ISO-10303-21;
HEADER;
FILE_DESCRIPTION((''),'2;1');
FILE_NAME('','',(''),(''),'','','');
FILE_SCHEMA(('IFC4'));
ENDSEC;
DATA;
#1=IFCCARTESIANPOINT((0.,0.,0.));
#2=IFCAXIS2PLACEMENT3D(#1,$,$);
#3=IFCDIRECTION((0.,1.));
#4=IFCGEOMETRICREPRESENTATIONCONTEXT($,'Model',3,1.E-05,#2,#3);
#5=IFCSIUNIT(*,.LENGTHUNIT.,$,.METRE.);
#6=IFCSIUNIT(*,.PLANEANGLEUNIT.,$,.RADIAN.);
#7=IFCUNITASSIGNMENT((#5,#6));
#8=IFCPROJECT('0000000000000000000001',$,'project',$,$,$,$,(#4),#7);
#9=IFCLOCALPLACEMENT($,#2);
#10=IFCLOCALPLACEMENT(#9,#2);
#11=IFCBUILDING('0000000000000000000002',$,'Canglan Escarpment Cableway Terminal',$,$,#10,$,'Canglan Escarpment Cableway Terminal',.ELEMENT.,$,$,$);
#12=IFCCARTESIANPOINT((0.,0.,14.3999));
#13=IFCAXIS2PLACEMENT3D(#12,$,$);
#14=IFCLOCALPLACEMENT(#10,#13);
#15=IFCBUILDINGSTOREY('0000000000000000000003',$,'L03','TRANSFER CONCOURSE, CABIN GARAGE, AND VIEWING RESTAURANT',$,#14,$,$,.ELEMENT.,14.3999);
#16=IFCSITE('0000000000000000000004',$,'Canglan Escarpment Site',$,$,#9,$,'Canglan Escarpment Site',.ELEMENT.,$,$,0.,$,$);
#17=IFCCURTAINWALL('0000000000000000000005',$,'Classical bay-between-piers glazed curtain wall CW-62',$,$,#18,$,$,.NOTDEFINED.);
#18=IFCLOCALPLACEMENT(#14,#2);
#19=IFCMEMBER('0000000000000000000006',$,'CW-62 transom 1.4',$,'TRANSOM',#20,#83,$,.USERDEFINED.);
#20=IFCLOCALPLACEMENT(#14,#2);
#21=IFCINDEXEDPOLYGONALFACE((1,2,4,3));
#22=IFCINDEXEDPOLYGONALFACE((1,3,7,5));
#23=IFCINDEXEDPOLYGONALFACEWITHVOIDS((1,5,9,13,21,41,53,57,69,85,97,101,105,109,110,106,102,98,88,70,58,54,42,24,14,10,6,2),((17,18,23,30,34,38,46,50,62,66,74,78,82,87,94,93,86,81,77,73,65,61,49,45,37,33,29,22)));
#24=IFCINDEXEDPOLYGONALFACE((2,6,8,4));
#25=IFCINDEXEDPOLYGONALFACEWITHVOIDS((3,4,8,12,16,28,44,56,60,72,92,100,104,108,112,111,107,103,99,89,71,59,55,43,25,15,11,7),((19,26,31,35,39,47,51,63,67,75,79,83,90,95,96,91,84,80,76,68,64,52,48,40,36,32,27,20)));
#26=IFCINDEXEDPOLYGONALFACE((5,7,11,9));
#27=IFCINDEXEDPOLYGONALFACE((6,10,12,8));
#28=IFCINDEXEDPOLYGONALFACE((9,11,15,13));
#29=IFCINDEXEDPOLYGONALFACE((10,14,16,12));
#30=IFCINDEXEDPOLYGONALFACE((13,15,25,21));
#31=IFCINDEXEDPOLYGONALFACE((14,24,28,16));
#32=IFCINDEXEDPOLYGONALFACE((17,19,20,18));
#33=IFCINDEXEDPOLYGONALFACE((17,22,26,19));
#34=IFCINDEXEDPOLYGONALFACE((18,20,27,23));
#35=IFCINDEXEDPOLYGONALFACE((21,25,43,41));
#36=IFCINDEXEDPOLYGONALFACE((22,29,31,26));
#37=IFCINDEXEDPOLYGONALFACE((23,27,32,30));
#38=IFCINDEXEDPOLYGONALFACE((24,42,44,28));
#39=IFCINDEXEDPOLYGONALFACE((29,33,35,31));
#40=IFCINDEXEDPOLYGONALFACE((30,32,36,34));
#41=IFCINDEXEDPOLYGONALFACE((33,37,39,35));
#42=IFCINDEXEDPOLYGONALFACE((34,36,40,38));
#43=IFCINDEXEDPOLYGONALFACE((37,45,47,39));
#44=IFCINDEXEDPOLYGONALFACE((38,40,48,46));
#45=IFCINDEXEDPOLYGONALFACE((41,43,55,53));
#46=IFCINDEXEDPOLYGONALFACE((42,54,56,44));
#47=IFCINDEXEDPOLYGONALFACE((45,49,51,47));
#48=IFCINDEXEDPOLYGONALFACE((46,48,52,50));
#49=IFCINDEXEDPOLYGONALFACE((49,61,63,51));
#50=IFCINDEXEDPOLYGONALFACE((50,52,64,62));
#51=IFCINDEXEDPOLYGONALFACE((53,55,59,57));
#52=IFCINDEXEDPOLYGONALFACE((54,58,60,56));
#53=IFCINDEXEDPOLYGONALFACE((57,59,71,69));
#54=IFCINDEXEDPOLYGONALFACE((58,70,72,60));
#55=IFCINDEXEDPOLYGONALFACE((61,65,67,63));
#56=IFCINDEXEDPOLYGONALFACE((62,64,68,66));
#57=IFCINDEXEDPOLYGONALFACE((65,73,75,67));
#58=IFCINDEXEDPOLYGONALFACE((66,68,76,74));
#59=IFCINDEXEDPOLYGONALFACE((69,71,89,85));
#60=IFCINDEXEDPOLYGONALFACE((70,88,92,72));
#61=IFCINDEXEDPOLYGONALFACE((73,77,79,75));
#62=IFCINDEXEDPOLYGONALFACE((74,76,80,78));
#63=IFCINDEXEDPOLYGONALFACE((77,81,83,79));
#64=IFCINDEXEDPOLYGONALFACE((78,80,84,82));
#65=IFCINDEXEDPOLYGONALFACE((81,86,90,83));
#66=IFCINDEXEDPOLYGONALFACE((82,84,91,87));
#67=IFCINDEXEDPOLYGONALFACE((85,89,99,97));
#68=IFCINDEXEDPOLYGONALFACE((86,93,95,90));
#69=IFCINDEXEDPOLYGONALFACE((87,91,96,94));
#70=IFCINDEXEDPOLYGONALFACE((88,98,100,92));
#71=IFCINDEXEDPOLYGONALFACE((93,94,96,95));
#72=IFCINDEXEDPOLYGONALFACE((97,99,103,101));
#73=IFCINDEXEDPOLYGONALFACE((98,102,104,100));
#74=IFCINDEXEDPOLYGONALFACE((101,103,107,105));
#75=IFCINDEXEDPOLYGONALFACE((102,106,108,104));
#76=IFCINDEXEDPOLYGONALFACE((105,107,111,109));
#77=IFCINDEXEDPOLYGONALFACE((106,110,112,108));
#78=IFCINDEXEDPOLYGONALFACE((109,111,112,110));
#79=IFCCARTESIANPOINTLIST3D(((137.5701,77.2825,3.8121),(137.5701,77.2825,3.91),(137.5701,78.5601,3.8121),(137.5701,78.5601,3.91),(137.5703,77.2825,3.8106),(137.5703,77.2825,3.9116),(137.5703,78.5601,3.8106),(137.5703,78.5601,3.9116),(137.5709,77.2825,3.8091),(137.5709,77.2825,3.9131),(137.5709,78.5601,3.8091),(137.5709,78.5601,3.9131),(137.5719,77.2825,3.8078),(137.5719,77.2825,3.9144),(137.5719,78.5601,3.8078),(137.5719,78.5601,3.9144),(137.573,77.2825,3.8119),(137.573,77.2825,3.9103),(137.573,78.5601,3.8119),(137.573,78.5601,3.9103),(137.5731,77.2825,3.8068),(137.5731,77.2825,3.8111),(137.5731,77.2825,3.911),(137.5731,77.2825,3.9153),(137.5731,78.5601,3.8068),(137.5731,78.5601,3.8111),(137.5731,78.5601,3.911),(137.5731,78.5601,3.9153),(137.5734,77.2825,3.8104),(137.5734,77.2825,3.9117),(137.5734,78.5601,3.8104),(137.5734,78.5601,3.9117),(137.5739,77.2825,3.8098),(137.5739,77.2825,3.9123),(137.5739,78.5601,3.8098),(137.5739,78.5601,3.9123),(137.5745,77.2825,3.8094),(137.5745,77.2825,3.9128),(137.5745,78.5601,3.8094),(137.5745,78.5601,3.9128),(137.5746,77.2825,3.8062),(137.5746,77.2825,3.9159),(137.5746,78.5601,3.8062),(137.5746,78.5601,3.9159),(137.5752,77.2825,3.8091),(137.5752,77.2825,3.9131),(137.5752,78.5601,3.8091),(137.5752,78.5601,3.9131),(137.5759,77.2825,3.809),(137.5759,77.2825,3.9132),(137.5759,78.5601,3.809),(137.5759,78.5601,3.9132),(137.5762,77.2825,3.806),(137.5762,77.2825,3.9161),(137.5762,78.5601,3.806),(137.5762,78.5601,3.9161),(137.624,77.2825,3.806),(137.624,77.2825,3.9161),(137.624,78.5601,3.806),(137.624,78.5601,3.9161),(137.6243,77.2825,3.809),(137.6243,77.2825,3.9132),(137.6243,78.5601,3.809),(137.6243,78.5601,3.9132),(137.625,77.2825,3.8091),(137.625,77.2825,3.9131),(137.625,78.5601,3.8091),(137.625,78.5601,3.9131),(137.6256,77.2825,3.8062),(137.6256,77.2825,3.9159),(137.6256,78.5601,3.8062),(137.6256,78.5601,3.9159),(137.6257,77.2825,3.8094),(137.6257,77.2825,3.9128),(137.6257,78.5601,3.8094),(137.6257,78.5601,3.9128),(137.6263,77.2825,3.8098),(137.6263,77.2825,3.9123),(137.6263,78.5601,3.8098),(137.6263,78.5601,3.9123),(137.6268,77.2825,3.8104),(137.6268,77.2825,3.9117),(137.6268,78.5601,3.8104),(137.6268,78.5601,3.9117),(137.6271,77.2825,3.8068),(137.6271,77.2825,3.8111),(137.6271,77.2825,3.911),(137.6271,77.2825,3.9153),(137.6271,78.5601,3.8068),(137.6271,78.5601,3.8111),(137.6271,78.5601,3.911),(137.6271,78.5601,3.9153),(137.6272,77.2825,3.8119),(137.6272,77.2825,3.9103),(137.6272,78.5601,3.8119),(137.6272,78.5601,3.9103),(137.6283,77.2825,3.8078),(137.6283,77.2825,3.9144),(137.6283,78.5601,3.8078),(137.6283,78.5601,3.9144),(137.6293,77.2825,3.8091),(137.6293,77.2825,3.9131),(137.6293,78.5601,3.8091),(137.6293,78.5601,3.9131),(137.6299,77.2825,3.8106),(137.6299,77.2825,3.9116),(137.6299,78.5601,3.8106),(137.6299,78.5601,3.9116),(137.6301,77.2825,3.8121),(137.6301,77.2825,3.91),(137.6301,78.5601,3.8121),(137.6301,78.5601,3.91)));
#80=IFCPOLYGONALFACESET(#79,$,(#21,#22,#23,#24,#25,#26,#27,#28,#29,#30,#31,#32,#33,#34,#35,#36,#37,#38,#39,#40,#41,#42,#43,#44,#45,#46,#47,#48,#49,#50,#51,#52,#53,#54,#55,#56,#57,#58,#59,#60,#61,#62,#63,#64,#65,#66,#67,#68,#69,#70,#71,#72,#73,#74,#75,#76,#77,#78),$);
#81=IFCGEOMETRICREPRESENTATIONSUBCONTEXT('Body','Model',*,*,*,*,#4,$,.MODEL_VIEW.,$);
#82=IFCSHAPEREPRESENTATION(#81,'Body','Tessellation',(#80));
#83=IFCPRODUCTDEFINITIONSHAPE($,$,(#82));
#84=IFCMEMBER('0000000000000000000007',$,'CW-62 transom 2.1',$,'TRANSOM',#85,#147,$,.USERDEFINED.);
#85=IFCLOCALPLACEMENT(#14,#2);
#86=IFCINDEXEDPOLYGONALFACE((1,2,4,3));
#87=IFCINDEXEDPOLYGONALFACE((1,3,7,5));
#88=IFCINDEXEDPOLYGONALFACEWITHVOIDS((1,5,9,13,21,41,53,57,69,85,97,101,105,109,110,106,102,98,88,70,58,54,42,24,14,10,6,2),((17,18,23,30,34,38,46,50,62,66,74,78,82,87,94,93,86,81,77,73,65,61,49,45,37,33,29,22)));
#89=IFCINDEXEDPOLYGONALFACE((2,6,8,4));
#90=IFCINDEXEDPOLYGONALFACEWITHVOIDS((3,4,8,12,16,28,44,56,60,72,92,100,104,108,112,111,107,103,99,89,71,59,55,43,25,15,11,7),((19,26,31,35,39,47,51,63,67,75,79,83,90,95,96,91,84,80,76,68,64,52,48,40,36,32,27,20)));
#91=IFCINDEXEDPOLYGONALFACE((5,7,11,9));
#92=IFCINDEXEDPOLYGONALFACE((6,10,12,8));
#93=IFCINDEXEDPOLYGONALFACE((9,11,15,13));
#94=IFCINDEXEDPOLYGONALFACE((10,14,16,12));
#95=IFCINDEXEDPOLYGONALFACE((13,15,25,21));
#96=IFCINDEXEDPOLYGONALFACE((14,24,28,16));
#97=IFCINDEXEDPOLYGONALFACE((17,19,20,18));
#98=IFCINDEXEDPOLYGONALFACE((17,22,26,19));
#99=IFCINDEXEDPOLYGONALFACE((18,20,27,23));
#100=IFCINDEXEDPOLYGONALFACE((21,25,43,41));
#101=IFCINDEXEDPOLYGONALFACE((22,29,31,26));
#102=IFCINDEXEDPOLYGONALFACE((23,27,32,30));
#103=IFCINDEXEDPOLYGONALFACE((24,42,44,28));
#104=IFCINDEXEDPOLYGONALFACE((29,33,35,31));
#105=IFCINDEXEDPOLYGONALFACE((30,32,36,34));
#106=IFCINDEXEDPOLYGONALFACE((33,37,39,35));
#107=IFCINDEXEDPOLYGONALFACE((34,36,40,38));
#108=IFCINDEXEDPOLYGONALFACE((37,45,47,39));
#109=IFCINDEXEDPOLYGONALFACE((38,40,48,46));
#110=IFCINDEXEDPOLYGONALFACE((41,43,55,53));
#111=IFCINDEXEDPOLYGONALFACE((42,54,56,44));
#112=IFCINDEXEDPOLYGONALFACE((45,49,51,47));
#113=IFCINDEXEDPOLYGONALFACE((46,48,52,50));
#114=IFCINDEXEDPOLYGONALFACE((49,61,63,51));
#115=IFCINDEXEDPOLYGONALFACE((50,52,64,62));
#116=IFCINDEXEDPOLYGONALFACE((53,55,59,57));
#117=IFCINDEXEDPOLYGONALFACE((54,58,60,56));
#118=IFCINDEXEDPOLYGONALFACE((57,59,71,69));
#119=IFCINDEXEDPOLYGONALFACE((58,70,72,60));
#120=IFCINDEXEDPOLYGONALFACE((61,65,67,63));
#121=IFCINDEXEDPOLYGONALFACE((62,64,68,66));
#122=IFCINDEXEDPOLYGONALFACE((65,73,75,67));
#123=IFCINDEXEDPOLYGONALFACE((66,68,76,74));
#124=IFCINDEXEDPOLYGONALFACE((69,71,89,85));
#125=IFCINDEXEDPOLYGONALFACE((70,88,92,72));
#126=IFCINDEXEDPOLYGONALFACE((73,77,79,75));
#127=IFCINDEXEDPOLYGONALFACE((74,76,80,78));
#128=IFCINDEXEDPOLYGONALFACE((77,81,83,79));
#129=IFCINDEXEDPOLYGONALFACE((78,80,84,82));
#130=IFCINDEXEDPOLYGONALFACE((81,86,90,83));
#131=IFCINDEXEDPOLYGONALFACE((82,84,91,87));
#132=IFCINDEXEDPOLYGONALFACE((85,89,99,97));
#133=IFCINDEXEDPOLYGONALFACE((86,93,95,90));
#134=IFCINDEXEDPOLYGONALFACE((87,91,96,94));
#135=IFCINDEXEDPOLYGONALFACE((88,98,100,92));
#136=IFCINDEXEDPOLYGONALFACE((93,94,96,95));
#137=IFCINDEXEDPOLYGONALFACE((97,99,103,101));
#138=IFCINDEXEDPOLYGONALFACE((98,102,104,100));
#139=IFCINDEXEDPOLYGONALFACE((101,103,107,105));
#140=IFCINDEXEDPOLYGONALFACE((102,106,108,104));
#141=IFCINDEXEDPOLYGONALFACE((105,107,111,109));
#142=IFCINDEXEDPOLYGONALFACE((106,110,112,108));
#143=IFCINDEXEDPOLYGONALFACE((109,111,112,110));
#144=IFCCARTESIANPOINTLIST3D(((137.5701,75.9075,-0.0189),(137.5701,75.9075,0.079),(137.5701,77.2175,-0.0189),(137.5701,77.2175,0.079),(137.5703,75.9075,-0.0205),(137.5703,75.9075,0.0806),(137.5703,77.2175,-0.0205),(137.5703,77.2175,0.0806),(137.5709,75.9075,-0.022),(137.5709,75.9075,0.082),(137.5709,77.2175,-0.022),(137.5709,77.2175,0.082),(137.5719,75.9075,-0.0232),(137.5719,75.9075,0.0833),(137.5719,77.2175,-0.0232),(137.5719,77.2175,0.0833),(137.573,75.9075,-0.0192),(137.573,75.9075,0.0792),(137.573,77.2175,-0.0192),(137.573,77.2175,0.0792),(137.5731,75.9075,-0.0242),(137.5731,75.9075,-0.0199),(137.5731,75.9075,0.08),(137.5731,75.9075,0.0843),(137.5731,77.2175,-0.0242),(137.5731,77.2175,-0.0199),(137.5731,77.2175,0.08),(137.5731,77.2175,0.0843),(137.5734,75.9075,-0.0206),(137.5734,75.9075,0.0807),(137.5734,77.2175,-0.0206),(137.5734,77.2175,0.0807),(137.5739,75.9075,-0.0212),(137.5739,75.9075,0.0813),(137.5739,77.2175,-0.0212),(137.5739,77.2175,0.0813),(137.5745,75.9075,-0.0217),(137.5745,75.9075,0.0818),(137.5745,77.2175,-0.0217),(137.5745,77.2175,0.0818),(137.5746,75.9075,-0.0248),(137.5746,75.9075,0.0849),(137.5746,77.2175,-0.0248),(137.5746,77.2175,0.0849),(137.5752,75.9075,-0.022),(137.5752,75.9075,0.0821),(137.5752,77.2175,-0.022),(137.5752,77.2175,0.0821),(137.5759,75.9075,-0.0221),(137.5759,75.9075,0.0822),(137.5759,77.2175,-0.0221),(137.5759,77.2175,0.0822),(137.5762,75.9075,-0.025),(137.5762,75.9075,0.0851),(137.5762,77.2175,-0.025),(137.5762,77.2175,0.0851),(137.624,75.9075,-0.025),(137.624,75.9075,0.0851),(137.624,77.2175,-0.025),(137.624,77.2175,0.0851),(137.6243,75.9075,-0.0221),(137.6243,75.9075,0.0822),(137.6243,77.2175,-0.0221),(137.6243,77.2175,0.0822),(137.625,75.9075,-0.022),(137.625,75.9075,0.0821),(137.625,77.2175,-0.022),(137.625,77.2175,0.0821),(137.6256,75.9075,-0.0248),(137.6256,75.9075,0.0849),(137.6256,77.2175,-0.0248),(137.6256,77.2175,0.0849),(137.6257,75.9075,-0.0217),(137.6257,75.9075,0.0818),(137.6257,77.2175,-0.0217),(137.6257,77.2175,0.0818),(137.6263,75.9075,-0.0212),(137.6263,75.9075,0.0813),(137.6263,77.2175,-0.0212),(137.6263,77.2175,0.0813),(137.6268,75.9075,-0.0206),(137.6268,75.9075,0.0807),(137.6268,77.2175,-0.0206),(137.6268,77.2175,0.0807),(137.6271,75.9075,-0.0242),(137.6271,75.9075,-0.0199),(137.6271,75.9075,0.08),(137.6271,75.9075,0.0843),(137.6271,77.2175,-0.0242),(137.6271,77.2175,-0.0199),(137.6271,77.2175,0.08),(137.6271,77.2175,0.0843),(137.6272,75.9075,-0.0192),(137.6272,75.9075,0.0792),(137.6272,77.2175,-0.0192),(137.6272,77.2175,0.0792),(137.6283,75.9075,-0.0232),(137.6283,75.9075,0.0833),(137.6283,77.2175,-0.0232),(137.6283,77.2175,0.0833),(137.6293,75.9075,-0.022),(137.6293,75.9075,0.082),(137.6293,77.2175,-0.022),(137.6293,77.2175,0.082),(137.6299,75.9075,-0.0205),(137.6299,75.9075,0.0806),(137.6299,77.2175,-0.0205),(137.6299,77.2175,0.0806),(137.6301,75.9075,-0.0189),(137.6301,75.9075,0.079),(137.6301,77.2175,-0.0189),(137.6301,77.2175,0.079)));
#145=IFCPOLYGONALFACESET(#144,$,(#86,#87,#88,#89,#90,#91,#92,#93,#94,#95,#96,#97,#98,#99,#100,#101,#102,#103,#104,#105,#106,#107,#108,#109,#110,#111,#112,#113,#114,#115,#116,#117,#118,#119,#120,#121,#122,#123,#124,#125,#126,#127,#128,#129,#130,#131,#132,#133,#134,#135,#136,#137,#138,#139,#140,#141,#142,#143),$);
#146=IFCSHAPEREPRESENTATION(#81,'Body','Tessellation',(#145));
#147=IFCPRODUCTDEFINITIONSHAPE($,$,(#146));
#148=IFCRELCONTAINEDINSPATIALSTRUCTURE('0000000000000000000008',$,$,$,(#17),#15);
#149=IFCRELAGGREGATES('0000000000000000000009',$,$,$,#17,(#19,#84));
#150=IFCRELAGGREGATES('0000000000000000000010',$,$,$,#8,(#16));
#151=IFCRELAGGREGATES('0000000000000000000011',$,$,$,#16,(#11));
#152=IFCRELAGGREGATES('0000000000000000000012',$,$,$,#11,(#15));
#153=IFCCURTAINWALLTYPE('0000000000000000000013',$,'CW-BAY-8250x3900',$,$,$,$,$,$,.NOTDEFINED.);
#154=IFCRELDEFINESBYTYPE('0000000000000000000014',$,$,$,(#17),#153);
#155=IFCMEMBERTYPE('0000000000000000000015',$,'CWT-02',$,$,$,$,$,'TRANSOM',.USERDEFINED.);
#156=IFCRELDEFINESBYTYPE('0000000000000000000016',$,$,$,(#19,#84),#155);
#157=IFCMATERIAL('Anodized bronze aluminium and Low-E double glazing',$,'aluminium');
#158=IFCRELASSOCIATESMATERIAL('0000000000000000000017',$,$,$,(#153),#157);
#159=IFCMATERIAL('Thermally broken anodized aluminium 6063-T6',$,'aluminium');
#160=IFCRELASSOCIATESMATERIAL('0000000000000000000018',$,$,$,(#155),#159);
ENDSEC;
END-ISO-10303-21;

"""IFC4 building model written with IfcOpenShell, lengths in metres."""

from ifc_helpers import new_model, si_unit, direction, frame, origin, origin_2d, place, context, subcontext, project, spatial, hollow_rectangle, extrude, material, material_profile, profile_set, type_object, element, aggregate, save


model = new_model("IFC4")

# Units and contexts
model_context = context("Model", 3, precision=1e-05, world=origin(), true_north=direction((0.0, 1.0)))
body_context = subcontext(model_context, "Body", "Model", "MODEL_VIEW")
ifc_project = project(units=[si_unit("LENGTHUNIT", "METRE"), si_unit("PLANEANGLEUNIT", "RADIAN")], contexts=[model_context])

# Site, building, storey
site_placement = place(None, origin())
site = spatial("IfcSite", under=ifc_project, at=site_placement, Name="Canglan Escarpment Site", LongName="Canglan Escarpment Site", CompositionType="ELEMENT", RefElevation=0.0)
building_placement = place(site_placement, origin())
building = spatial("IfcBuilding", under=site, at=building_placement, Name="Canglan Escarpment Cableway Terminal", LongName="Canglan Escarpment Cableway Terminal", CompositionType="ELEMENT")
storey_placement = place(building_placement, frame((0.0, 0.0, 14.3999)))
storey = spatial("IfcBuildingStorey", under=building, at=storey_placement, Name="L03", Description="TRANSFER CONCOURSE, CABIN GARAGE, AND VIEWING RESTAURANT", CompositionType="ELEMENT", Elevation=14.3999)

# Curtain wall, members
ifc_material_1 = material(Name="Anodized bronze aluminium and Low-E double glazing", Category="aluminium")
curtain_wall_type = type_object("IfcCurtainWallType", Name="CW-BAY-8250x3900", PredefinedType="NOTDEFINED", material=ifc_material_1)
curtain_wall_placement = place(storey_placement, origin())
curtain_wall = element("IfcCurtainWall", 1, at=curtain_wall_placement, inside=storey, type_object=curtain_wall_type, Name="Classical bay-between-piers glazed curtain wall CW-62", PredefinedType="NOTDEFINED")
ifc_material_2 = material(Name="Thermally broken anodized aluminium 6063-T6", Category="aluminium")
ifc_material_profile_1 = material_profile(ifc_material_2, hollow_rectangle(XDim=0.0601, YDim=0.1101, WallThickness=0.0029, InnerFilletRadius=0.0029, OuterFilletRadius=0.0061, at=origin_2d()), Name="ALU-TRAN 60x110x3")
ifc_profile_set_1 = profile_set([ifc_material_profile_1], Name="Thermally broken anodized aluminium 6063-T6")
member_type_1 = type_object("IfcMemberType", Name="CWT-02", ElementType="TRANSOM", PredefinedType="USERDEFINED", material=ifc_profile_set_1)
member_1_placement = place(storey_placement, frame((137.6001, 78.5601, 3.8611), z_axis=(0.0, -1.0, 0.0), x_axis=(1.0, 0.0, 0.0)))
member_1 = element("IfcMember", 2, at=member_1_placement, type_object=member_type_1, Name="CW-62 transom 1.4", ObjectType="TRANSOM", PredefinedType="USERDEFINED", context=body_context, shape_type="SweptSolid", body=[
    extrude(hollow_rectangle(XDim=0.0601, YDim=0.1101, WallThickness=0.0029, InnerFilletRadius=0.0029, OuterFilletRadius=0.0061, at=origin_2d()), origin(), (0.0, 0.0, 1.0), 1.2776),
])
member_2_placement = place(storey_placement, frame((137.6001, 77.2175, 0.03), z_axis=(0.0, -1.0, 0.0), x_axis=(1.0, 0.0, 0.0)))
member_2 = element("IfcMember", 3, at=member_2_placement, type_object=member_type_1, Name="CW-62 transom 2.1", ObjectType="TRANSOM", PredefinedType="USERDEFINED", context=body_context, shape_type="SweptSolid", body=[
    extrude(hollow_rectangle(XDim=0.0601, YDim=0.1101, WallThickness=0.0029, InnerFilletRadius=0.0029, OuterFilletRadius=0.0061, at=origin_2d()), origin(), (0.0, 0.0, 1.0), 1.3101),
])
aggregate(curtain_wall, [member_1, member_2])

save(model, "model.ifc")
